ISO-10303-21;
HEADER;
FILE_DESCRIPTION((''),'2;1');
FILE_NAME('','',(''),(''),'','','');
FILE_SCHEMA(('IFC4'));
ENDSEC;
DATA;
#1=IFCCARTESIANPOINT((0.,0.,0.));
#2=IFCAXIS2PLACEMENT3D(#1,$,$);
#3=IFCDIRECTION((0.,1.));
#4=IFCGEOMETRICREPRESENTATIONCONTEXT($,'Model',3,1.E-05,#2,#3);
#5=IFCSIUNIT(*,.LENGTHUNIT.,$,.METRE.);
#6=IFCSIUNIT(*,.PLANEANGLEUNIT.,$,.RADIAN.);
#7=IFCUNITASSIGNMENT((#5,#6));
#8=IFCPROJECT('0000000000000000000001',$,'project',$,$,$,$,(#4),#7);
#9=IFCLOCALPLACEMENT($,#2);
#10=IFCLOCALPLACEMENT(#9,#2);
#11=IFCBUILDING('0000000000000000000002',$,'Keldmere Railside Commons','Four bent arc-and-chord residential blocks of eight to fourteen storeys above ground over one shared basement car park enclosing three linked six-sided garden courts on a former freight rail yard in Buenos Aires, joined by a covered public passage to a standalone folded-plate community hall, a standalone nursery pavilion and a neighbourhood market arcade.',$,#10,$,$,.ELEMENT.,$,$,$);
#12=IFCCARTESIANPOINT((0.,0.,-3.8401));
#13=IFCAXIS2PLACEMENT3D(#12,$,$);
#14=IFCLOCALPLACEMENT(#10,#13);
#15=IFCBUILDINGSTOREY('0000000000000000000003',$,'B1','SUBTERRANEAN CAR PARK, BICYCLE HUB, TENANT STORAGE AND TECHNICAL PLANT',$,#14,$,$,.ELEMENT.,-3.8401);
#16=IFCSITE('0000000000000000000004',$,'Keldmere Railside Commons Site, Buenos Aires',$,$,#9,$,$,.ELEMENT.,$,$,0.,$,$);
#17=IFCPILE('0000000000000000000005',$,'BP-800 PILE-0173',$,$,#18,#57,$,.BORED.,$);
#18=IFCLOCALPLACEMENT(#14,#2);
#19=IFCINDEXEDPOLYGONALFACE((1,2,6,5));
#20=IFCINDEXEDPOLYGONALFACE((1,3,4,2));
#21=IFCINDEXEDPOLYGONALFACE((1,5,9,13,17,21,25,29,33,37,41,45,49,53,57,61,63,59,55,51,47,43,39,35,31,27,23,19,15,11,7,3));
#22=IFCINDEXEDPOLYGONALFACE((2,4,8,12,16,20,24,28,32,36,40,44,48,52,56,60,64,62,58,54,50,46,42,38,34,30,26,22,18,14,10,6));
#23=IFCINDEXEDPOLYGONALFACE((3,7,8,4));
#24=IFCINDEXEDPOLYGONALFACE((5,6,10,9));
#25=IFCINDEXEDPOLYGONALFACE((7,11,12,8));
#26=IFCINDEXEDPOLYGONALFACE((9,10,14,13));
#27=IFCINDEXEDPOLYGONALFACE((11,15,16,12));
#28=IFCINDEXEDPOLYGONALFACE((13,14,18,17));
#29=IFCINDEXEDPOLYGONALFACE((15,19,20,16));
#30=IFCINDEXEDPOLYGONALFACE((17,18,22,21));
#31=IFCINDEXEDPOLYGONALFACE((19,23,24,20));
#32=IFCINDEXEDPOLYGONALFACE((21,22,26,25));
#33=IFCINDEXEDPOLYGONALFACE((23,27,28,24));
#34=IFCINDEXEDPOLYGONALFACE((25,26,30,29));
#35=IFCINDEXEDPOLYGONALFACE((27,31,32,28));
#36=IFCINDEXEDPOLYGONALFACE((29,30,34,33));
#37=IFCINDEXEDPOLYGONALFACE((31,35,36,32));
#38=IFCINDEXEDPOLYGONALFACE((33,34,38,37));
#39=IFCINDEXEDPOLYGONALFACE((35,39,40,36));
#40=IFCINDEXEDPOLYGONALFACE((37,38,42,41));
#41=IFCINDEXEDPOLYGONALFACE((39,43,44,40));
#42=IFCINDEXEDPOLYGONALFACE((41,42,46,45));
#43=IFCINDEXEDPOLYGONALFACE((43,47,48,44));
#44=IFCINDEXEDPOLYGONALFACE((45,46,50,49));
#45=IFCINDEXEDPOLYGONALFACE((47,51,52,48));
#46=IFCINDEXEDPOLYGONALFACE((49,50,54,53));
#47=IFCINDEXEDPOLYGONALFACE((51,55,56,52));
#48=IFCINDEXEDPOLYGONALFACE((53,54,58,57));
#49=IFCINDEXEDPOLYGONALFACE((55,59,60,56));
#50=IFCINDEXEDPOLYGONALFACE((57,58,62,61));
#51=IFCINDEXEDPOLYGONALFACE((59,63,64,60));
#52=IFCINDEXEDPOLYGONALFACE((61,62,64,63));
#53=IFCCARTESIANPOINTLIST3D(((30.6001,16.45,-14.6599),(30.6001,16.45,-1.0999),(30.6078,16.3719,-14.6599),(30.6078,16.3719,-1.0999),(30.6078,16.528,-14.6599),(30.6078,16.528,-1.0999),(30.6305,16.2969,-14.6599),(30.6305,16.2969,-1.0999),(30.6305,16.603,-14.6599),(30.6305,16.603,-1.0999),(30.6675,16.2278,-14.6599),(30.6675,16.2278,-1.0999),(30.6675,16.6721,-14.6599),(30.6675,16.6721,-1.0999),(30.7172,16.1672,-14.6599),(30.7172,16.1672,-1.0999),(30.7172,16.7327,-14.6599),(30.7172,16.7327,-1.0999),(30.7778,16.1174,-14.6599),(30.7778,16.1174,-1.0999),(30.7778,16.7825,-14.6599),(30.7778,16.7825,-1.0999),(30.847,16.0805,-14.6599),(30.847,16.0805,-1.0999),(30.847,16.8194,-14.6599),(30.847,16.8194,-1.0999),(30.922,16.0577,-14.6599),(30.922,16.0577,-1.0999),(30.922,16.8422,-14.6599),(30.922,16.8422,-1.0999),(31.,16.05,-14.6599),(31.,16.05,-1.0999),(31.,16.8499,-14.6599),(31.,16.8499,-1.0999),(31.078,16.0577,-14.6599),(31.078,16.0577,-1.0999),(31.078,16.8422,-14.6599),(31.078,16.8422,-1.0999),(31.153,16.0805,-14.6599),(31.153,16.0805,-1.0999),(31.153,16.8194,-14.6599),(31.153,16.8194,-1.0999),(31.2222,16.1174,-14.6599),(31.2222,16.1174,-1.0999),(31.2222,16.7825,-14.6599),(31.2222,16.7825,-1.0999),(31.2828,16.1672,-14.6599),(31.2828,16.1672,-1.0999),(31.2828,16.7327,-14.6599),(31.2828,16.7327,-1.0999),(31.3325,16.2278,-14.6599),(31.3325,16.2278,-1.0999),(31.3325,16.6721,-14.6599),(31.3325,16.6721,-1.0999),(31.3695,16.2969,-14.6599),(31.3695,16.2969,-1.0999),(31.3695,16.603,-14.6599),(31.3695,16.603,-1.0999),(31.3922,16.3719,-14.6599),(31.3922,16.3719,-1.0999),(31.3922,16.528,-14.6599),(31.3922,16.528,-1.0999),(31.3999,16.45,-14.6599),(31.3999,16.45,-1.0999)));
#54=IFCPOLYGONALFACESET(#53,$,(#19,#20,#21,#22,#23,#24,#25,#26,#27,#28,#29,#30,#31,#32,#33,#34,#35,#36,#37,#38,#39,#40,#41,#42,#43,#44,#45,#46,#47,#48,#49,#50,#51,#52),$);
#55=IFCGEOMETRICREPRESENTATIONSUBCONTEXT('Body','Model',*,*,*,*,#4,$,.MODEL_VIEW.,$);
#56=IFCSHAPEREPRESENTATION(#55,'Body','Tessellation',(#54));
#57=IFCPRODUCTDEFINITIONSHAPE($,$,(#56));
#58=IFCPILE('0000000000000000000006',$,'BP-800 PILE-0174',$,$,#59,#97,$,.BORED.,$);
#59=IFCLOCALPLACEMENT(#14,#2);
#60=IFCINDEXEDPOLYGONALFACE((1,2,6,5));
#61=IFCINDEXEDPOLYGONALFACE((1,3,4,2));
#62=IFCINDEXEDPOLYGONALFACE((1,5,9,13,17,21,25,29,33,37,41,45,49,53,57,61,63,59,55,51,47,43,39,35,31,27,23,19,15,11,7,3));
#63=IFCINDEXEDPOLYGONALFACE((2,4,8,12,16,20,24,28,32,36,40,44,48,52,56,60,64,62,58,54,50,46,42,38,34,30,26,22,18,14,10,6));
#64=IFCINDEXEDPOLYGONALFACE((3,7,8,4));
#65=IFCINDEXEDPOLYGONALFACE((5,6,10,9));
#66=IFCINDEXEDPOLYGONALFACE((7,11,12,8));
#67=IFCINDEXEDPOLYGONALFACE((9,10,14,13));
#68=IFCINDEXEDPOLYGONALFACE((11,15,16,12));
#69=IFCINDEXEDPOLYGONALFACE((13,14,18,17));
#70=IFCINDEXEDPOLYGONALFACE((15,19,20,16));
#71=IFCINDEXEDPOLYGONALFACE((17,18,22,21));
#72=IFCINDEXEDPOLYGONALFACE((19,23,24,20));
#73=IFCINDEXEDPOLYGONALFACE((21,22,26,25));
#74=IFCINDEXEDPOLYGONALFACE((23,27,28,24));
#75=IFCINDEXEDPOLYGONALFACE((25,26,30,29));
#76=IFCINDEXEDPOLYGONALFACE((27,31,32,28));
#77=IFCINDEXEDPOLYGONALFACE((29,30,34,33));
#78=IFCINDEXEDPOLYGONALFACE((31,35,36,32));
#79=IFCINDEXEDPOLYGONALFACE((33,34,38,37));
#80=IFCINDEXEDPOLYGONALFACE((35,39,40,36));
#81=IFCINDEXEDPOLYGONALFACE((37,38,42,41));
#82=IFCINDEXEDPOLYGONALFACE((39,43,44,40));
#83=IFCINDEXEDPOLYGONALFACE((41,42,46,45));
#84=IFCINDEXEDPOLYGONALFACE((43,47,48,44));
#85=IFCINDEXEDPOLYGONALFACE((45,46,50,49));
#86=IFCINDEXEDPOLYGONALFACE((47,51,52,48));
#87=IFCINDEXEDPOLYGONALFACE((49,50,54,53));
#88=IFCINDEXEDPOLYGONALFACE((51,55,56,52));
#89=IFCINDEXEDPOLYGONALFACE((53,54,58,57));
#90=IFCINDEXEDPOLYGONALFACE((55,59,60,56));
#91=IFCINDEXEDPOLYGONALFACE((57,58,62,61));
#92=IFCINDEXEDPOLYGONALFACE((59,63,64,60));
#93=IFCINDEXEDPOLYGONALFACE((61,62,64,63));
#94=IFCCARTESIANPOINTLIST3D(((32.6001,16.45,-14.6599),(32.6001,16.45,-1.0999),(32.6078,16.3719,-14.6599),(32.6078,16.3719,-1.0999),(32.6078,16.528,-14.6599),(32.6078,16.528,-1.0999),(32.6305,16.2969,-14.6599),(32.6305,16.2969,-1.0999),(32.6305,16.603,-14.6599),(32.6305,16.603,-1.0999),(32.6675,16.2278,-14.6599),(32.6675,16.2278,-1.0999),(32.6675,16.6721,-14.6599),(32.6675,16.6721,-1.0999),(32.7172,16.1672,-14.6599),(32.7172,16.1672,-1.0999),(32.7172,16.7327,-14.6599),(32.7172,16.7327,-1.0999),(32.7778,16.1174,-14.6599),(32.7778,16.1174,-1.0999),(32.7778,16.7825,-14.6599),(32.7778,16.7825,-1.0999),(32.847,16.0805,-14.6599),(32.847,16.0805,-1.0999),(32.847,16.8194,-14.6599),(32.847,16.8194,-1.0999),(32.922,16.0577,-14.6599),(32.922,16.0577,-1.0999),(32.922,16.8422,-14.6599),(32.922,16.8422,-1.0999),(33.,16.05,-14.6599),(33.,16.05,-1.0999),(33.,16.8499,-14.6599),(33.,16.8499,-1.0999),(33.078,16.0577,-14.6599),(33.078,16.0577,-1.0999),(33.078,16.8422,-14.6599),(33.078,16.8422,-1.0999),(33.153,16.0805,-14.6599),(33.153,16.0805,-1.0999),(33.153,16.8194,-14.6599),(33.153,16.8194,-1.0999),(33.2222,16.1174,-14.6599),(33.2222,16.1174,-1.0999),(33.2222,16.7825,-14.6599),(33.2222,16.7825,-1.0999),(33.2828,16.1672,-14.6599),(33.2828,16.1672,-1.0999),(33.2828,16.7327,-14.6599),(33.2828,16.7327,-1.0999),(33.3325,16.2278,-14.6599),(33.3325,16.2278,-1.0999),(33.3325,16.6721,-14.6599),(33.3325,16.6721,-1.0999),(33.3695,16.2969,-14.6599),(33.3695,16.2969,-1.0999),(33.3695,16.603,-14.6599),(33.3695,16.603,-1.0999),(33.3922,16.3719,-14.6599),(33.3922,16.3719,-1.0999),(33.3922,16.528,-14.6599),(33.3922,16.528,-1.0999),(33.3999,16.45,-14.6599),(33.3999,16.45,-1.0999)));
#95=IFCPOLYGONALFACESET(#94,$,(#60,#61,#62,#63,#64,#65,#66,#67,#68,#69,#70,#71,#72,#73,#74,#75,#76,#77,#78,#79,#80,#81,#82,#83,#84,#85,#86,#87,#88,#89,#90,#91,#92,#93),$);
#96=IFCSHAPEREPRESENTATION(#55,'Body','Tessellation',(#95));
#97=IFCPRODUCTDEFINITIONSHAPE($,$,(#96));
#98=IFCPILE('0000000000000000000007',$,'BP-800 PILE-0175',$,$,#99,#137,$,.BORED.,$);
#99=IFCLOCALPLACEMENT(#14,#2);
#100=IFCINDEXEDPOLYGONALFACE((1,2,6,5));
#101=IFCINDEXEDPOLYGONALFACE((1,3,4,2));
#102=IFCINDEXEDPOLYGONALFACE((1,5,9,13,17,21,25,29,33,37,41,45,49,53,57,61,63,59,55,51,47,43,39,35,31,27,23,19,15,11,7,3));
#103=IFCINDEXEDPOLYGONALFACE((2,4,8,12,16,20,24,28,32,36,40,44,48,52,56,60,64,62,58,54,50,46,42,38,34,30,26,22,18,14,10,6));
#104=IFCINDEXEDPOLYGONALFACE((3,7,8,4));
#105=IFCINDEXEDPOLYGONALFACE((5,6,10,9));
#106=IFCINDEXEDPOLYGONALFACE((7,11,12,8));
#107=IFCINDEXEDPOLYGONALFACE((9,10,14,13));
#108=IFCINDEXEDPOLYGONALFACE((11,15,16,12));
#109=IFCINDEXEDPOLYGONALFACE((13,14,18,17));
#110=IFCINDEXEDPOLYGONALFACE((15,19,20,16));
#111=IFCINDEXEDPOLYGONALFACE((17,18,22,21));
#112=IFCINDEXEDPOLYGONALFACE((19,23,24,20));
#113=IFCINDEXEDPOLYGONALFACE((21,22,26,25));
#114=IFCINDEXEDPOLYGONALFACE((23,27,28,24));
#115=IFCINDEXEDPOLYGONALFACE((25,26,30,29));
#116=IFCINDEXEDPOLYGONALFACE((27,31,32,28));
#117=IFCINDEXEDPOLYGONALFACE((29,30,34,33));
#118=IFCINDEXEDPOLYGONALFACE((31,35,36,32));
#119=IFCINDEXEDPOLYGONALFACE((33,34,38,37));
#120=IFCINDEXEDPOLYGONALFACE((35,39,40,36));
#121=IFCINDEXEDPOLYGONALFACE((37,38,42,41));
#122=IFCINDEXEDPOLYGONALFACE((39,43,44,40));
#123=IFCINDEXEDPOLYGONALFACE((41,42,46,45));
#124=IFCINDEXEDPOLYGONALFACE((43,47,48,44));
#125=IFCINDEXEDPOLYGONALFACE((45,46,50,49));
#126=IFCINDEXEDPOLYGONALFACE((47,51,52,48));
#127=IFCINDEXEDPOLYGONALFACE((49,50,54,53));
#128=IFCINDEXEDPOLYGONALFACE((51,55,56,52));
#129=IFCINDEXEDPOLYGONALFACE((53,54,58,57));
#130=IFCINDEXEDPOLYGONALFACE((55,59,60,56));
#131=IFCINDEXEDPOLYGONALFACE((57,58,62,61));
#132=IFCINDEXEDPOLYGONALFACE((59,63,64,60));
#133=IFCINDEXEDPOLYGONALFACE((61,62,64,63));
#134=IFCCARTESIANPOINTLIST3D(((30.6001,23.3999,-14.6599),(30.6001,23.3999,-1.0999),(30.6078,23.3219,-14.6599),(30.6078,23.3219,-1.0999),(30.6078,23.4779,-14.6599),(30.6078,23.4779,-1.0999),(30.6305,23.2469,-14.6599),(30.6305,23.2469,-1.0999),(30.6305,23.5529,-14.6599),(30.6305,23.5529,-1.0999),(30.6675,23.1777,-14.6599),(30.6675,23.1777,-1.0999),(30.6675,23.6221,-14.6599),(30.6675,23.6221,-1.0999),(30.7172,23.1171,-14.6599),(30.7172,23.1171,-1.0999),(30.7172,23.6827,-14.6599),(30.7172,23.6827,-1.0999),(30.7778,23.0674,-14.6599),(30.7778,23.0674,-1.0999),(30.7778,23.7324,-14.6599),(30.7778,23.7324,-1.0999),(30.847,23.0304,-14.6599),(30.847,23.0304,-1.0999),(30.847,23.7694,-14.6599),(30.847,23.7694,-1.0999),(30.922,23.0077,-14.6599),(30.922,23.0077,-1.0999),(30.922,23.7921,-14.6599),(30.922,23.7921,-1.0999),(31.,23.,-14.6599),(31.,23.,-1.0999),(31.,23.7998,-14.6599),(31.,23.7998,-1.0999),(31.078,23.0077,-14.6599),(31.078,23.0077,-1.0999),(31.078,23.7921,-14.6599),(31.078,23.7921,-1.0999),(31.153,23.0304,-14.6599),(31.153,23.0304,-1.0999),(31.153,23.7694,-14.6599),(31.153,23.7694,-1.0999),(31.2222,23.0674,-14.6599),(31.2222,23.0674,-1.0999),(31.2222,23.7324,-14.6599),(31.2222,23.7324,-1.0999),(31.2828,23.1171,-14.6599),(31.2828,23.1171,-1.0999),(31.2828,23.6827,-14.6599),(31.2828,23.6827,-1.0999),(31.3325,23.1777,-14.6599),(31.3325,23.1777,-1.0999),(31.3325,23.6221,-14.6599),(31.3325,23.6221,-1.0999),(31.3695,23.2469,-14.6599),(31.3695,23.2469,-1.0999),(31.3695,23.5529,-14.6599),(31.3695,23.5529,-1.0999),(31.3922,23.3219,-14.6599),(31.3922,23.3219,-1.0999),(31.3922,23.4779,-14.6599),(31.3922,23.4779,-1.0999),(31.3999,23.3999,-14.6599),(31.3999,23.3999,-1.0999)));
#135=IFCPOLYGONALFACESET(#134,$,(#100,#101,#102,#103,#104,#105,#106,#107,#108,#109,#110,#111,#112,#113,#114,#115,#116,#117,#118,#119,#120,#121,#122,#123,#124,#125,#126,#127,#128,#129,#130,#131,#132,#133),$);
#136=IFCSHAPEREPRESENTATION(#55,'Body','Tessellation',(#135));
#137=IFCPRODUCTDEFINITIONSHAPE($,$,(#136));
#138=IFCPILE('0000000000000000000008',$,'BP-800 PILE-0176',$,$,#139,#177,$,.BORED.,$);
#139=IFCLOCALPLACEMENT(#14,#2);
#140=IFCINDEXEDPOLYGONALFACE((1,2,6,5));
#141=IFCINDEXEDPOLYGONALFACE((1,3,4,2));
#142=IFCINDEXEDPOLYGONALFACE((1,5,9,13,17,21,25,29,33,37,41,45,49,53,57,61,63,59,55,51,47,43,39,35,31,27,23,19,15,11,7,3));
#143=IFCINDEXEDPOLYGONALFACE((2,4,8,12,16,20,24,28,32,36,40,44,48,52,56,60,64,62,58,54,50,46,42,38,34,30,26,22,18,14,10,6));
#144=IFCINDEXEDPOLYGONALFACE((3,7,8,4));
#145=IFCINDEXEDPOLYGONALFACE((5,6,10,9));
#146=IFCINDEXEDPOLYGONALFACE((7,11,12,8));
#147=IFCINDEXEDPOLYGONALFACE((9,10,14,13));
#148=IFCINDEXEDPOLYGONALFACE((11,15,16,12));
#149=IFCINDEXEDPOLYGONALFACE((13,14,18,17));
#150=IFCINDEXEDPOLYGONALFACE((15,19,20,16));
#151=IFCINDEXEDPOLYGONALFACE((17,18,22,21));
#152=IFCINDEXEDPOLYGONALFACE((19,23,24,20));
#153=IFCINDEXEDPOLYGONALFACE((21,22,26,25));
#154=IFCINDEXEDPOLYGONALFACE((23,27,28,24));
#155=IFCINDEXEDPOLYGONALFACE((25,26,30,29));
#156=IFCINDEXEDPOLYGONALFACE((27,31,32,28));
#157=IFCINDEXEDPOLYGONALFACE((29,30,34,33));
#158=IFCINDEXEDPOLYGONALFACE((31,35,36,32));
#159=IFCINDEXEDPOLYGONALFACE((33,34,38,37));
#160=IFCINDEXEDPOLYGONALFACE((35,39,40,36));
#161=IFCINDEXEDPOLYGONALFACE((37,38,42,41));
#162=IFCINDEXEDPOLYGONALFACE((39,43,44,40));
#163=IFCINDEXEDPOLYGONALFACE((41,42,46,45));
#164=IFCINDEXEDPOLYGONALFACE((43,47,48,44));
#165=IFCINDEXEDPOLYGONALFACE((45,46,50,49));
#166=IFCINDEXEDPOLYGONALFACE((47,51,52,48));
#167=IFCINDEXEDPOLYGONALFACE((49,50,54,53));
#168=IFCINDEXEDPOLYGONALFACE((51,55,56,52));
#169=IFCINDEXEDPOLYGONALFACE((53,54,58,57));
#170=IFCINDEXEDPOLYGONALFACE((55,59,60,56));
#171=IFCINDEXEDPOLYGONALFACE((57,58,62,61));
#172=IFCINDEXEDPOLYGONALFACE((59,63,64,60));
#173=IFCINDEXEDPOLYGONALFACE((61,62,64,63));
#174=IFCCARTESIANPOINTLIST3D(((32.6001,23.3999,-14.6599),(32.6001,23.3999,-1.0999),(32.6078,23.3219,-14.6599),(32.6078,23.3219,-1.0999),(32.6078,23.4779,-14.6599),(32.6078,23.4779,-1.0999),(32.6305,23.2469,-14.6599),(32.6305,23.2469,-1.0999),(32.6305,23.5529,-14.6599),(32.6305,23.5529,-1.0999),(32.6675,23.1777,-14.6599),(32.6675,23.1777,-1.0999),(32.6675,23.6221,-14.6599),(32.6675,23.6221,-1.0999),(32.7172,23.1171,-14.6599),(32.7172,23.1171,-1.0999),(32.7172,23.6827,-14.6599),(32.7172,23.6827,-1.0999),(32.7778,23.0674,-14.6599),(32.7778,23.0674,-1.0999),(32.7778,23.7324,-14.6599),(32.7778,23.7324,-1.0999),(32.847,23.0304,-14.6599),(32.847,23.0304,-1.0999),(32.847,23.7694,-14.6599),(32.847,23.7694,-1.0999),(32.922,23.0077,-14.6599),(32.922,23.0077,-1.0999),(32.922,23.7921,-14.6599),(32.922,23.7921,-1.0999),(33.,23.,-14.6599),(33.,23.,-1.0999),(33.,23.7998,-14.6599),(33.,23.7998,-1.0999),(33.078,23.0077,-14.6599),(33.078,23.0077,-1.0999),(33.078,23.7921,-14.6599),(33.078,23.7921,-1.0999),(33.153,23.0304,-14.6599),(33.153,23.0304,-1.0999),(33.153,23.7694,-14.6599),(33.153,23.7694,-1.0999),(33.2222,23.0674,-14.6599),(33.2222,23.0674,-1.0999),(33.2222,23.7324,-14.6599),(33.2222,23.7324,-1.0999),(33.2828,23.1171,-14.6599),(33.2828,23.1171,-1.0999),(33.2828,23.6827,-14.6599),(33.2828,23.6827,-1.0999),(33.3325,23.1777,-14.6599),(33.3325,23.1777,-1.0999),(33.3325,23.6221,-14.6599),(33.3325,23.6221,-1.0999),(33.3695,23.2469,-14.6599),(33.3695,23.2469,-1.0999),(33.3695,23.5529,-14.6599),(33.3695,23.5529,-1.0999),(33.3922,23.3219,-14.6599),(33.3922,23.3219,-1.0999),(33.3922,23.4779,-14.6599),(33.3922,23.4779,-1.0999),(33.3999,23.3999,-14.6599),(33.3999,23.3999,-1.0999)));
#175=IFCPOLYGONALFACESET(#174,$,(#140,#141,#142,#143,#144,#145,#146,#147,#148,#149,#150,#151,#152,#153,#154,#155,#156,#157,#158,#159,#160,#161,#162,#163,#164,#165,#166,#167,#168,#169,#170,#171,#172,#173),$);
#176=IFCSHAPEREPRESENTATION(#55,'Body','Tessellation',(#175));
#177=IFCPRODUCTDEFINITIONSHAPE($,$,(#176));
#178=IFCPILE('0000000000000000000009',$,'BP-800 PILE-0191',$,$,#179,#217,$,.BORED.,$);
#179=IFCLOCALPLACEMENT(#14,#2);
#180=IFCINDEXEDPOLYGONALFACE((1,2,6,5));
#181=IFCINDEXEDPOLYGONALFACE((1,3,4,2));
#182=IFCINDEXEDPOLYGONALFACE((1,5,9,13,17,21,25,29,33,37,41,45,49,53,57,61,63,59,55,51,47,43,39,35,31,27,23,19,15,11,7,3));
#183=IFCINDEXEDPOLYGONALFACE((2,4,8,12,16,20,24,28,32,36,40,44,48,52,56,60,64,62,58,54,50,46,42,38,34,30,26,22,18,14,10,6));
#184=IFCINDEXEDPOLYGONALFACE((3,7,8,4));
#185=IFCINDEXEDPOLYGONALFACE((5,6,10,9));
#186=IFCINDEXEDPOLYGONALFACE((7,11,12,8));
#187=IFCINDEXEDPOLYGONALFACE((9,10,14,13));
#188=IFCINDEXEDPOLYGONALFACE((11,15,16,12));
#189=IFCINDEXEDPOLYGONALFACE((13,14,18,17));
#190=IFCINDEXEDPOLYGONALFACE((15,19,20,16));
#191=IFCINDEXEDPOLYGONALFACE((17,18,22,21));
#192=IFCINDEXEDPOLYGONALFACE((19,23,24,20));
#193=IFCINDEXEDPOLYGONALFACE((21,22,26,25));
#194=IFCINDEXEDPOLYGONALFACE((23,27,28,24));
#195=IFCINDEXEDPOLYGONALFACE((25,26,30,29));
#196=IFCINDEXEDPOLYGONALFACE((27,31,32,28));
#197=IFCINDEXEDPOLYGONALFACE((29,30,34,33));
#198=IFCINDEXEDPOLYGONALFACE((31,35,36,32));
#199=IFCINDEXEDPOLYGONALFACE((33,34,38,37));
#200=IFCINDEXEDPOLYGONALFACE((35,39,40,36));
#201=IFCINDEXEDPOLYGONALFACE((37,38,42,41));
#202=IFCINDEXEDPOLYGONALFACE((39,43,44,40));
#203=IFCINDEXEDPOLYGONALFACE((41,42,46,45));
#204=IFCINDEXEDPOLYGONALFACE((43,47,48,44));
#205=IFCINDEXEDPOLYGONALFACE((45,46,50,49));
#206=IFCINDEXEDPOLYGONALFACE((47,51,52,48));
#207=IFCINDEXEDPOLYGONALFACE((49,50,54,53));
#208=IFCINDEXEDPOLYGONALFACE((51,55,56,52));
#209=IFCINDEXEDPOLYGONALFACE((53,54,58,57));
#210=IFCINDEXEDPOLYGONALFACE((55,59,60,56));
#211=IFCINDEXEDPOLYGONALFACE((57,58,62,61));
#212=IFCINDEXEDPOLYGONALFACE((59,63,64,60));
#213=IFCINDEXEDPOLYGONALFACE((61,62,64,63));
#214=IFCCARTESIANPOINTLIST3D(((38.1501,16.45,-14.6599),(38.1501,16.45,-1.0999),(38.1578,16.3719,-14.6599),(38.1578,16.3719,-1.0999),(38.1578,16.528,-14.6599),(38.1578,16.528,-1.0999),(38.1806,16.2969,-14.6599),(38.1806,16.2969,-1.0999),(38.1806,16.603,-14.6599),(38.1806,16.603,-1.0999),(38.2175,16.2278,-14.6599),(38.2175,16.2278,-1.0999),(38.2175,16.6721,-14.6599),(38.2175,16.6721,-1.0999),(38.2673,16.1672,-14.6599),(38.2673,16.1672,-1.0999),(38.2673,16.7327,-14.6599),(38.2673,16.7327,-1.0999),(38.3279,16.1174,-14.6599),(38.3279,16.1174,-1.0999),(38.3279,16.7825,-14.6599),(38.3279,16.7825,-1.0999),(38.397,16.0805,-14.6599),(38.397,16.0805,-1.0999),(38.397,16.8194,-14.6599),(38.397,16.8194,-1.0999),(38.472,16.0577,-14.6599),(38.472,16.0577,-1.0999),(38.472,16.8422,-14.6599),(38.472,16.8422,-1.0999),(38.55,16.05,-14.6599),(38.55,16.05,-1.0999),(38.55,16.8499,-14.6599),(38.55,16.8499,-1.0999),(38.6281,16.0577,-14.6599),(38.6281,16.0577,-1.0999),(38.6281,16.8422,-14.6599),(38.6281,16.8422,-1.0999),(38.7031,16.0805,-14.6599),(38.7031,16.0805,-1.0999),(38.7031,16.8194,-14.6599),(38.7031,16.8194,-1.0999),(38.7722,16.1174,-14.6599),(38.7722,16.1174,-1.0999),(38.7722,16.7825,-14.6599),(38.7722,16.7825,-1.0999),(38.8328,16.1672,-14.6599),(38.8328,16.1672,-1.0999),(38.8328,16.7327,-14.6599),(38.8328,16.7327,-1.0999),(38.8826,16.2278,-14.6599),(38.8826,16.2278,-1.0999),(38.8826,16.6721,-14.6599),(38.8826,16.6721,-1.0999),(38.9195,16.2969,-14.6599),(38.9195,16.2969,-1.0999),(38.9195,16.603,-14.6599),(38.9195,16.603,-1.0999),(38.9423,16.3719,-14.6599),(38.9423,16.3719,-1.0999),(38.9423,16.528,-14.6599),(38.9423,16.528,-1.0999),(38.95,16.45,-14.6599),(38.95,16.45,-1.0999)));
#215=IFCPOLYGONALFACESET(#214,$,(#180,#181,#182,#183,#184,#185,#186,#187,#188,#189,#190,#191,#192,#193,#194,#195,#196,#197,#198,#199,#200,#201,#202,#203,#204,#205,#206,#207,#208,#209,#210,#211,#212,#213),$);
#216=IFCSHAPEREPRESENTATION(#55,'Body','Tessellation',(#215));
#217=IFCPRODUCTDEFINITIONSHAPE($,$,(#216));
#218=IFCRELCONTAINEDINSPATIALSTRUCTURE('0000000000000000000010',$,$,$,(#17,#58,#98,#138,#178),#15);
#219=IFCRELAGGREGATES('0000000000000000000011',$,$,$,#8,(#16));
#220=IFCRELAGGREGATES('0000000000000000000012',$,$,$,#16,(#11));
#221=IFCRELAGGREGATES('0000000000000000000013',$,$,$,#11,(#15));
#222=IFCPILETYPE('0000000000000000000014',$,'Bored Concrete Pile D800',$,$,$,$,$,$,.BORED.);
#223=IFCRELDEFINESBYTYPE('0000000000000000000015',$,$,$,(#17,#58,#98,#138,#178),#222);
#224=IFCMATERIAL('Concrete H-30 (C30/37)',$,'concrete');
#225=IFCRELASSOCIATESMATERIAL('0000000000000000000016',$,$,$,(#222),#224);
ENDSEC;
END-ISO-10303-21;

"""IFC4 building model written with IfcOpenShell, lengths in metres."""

from ifc_helpers import new_model, si_unit, direction, frame, origin, origin_2d, place, context, subcontext, project, spatial, circle, extrude, material, material_profile, profile_set, type_object, element, save


model = new_model("IFC4")

# Units and contexts
model_context = context("Model", 3, precision=1e-05, world=origin(), true_north=direction((0.0, 1.0)))
body_context = subcontext(model_context, "Body", "Model", "MODEL_VIEW")
ifc_project = project(units=[si_unit("LENGTHUNIT", "METRE"), si_unit("PLANEANGLEUNIT", "RADIAN")], contexts=[model_context])

# Site, building, storey
site_placement = place(None, origin())
site = spatial("IfcSite", under=ifc_project, at=site_placement, Name="Keldmere Railside Commons Site, Buenos Aires", CompositionType="ELEMENT", RefElevation=0.0)
building_placement = place(site_placement, origin())
building = spatial("IfcBuilding", under=site, at=building_placement, Name="Keldmere Railside Commons", Description="Four bent arc-and-chord residential blocks of eight to fourteen storeys above ground over one shared basement car park enclosing three linked six-sided garden courts on a former freight rail yard in Buenos Aires, joined by a covered public passage to a standalone folded-plate community hall, a standalone nursery pavilion and a neighbourhood market arcade.", CompositionType="ELEMENT")
storey_placement = place(building_placement, frame((0.0, 0.0, -3.8401)))
storey = spatial("IfcBuildingStorey", under=building, at=storey_placement, Name="B1", Description="SUBTERRANEAN CAR PARK, BICYCLE HUB, TENANT STORAGE AND TECHNICAL PLANT", CompositionType="ELEMENT", Elevation=-3.8401)

# Piles
ifc_material_1 = material(Name="Concrete H-30 (C30/37)", Category="concrete")
ifc_material_profile_1 = material_profile(ifc_material_1, circle(Radius=0.3999, at=origin_2d()), Name="PILE-D800")
ifc_profile_set_1 = profile_set([ifc_material_profile_1], Name="Concrete H-30 (C30/37)")
pile_type = type_object("IfcPileType", Name="Bored Concrete Pile D800", PredefinedType="BORED", material=ifc_profile_set_1)
for number, where, z_axis, x_axis, name in (
    (1, (31.0, 16.45, -1.0999), (0.0, 0.0, -1.0), (1.0, 0.0, 0.0), "BP-800 PILE-0173"),
    (2, (33.0, 16.45, -1.0999), (0.0, 0.0, -1.0), (1.0, 0.0, 0.0), "BP-800 PILE-0174"),
    (3, (31.0, 23.3999, -1.0999), (0.0, 0.0, -1.0), (1.0, 0.0, 0.0), "BP-800 PILE-0175"),
    (4, (33.0, 23.3999, -1.0999), (0.0, 0.0, -1.0), (1.0, 0.0, 0.0), "BP-800 PILE-0176"),
    (5, (38.55, 16.45, -1.0999), (0.0, 0.0, -1.0), (1.0, 0.0, 0.0), "BP-800 PILE-0191"),
):
    element("IfcPile", number, at=place(storey_placement, frame(where, z_axis=z_axis, x_axis=x_axis)), inside=storey, type_object=pile_type, Name=name, PredefinedType="BORED", context=body_context, shape_type="SweptSolid", body=[
        extrude(circle(Radius=0.3999, at=origin_2d()), origin(), (0.0, 0.0, 1.0), 13.5601),
    ])

save(model, "model.ifc")
